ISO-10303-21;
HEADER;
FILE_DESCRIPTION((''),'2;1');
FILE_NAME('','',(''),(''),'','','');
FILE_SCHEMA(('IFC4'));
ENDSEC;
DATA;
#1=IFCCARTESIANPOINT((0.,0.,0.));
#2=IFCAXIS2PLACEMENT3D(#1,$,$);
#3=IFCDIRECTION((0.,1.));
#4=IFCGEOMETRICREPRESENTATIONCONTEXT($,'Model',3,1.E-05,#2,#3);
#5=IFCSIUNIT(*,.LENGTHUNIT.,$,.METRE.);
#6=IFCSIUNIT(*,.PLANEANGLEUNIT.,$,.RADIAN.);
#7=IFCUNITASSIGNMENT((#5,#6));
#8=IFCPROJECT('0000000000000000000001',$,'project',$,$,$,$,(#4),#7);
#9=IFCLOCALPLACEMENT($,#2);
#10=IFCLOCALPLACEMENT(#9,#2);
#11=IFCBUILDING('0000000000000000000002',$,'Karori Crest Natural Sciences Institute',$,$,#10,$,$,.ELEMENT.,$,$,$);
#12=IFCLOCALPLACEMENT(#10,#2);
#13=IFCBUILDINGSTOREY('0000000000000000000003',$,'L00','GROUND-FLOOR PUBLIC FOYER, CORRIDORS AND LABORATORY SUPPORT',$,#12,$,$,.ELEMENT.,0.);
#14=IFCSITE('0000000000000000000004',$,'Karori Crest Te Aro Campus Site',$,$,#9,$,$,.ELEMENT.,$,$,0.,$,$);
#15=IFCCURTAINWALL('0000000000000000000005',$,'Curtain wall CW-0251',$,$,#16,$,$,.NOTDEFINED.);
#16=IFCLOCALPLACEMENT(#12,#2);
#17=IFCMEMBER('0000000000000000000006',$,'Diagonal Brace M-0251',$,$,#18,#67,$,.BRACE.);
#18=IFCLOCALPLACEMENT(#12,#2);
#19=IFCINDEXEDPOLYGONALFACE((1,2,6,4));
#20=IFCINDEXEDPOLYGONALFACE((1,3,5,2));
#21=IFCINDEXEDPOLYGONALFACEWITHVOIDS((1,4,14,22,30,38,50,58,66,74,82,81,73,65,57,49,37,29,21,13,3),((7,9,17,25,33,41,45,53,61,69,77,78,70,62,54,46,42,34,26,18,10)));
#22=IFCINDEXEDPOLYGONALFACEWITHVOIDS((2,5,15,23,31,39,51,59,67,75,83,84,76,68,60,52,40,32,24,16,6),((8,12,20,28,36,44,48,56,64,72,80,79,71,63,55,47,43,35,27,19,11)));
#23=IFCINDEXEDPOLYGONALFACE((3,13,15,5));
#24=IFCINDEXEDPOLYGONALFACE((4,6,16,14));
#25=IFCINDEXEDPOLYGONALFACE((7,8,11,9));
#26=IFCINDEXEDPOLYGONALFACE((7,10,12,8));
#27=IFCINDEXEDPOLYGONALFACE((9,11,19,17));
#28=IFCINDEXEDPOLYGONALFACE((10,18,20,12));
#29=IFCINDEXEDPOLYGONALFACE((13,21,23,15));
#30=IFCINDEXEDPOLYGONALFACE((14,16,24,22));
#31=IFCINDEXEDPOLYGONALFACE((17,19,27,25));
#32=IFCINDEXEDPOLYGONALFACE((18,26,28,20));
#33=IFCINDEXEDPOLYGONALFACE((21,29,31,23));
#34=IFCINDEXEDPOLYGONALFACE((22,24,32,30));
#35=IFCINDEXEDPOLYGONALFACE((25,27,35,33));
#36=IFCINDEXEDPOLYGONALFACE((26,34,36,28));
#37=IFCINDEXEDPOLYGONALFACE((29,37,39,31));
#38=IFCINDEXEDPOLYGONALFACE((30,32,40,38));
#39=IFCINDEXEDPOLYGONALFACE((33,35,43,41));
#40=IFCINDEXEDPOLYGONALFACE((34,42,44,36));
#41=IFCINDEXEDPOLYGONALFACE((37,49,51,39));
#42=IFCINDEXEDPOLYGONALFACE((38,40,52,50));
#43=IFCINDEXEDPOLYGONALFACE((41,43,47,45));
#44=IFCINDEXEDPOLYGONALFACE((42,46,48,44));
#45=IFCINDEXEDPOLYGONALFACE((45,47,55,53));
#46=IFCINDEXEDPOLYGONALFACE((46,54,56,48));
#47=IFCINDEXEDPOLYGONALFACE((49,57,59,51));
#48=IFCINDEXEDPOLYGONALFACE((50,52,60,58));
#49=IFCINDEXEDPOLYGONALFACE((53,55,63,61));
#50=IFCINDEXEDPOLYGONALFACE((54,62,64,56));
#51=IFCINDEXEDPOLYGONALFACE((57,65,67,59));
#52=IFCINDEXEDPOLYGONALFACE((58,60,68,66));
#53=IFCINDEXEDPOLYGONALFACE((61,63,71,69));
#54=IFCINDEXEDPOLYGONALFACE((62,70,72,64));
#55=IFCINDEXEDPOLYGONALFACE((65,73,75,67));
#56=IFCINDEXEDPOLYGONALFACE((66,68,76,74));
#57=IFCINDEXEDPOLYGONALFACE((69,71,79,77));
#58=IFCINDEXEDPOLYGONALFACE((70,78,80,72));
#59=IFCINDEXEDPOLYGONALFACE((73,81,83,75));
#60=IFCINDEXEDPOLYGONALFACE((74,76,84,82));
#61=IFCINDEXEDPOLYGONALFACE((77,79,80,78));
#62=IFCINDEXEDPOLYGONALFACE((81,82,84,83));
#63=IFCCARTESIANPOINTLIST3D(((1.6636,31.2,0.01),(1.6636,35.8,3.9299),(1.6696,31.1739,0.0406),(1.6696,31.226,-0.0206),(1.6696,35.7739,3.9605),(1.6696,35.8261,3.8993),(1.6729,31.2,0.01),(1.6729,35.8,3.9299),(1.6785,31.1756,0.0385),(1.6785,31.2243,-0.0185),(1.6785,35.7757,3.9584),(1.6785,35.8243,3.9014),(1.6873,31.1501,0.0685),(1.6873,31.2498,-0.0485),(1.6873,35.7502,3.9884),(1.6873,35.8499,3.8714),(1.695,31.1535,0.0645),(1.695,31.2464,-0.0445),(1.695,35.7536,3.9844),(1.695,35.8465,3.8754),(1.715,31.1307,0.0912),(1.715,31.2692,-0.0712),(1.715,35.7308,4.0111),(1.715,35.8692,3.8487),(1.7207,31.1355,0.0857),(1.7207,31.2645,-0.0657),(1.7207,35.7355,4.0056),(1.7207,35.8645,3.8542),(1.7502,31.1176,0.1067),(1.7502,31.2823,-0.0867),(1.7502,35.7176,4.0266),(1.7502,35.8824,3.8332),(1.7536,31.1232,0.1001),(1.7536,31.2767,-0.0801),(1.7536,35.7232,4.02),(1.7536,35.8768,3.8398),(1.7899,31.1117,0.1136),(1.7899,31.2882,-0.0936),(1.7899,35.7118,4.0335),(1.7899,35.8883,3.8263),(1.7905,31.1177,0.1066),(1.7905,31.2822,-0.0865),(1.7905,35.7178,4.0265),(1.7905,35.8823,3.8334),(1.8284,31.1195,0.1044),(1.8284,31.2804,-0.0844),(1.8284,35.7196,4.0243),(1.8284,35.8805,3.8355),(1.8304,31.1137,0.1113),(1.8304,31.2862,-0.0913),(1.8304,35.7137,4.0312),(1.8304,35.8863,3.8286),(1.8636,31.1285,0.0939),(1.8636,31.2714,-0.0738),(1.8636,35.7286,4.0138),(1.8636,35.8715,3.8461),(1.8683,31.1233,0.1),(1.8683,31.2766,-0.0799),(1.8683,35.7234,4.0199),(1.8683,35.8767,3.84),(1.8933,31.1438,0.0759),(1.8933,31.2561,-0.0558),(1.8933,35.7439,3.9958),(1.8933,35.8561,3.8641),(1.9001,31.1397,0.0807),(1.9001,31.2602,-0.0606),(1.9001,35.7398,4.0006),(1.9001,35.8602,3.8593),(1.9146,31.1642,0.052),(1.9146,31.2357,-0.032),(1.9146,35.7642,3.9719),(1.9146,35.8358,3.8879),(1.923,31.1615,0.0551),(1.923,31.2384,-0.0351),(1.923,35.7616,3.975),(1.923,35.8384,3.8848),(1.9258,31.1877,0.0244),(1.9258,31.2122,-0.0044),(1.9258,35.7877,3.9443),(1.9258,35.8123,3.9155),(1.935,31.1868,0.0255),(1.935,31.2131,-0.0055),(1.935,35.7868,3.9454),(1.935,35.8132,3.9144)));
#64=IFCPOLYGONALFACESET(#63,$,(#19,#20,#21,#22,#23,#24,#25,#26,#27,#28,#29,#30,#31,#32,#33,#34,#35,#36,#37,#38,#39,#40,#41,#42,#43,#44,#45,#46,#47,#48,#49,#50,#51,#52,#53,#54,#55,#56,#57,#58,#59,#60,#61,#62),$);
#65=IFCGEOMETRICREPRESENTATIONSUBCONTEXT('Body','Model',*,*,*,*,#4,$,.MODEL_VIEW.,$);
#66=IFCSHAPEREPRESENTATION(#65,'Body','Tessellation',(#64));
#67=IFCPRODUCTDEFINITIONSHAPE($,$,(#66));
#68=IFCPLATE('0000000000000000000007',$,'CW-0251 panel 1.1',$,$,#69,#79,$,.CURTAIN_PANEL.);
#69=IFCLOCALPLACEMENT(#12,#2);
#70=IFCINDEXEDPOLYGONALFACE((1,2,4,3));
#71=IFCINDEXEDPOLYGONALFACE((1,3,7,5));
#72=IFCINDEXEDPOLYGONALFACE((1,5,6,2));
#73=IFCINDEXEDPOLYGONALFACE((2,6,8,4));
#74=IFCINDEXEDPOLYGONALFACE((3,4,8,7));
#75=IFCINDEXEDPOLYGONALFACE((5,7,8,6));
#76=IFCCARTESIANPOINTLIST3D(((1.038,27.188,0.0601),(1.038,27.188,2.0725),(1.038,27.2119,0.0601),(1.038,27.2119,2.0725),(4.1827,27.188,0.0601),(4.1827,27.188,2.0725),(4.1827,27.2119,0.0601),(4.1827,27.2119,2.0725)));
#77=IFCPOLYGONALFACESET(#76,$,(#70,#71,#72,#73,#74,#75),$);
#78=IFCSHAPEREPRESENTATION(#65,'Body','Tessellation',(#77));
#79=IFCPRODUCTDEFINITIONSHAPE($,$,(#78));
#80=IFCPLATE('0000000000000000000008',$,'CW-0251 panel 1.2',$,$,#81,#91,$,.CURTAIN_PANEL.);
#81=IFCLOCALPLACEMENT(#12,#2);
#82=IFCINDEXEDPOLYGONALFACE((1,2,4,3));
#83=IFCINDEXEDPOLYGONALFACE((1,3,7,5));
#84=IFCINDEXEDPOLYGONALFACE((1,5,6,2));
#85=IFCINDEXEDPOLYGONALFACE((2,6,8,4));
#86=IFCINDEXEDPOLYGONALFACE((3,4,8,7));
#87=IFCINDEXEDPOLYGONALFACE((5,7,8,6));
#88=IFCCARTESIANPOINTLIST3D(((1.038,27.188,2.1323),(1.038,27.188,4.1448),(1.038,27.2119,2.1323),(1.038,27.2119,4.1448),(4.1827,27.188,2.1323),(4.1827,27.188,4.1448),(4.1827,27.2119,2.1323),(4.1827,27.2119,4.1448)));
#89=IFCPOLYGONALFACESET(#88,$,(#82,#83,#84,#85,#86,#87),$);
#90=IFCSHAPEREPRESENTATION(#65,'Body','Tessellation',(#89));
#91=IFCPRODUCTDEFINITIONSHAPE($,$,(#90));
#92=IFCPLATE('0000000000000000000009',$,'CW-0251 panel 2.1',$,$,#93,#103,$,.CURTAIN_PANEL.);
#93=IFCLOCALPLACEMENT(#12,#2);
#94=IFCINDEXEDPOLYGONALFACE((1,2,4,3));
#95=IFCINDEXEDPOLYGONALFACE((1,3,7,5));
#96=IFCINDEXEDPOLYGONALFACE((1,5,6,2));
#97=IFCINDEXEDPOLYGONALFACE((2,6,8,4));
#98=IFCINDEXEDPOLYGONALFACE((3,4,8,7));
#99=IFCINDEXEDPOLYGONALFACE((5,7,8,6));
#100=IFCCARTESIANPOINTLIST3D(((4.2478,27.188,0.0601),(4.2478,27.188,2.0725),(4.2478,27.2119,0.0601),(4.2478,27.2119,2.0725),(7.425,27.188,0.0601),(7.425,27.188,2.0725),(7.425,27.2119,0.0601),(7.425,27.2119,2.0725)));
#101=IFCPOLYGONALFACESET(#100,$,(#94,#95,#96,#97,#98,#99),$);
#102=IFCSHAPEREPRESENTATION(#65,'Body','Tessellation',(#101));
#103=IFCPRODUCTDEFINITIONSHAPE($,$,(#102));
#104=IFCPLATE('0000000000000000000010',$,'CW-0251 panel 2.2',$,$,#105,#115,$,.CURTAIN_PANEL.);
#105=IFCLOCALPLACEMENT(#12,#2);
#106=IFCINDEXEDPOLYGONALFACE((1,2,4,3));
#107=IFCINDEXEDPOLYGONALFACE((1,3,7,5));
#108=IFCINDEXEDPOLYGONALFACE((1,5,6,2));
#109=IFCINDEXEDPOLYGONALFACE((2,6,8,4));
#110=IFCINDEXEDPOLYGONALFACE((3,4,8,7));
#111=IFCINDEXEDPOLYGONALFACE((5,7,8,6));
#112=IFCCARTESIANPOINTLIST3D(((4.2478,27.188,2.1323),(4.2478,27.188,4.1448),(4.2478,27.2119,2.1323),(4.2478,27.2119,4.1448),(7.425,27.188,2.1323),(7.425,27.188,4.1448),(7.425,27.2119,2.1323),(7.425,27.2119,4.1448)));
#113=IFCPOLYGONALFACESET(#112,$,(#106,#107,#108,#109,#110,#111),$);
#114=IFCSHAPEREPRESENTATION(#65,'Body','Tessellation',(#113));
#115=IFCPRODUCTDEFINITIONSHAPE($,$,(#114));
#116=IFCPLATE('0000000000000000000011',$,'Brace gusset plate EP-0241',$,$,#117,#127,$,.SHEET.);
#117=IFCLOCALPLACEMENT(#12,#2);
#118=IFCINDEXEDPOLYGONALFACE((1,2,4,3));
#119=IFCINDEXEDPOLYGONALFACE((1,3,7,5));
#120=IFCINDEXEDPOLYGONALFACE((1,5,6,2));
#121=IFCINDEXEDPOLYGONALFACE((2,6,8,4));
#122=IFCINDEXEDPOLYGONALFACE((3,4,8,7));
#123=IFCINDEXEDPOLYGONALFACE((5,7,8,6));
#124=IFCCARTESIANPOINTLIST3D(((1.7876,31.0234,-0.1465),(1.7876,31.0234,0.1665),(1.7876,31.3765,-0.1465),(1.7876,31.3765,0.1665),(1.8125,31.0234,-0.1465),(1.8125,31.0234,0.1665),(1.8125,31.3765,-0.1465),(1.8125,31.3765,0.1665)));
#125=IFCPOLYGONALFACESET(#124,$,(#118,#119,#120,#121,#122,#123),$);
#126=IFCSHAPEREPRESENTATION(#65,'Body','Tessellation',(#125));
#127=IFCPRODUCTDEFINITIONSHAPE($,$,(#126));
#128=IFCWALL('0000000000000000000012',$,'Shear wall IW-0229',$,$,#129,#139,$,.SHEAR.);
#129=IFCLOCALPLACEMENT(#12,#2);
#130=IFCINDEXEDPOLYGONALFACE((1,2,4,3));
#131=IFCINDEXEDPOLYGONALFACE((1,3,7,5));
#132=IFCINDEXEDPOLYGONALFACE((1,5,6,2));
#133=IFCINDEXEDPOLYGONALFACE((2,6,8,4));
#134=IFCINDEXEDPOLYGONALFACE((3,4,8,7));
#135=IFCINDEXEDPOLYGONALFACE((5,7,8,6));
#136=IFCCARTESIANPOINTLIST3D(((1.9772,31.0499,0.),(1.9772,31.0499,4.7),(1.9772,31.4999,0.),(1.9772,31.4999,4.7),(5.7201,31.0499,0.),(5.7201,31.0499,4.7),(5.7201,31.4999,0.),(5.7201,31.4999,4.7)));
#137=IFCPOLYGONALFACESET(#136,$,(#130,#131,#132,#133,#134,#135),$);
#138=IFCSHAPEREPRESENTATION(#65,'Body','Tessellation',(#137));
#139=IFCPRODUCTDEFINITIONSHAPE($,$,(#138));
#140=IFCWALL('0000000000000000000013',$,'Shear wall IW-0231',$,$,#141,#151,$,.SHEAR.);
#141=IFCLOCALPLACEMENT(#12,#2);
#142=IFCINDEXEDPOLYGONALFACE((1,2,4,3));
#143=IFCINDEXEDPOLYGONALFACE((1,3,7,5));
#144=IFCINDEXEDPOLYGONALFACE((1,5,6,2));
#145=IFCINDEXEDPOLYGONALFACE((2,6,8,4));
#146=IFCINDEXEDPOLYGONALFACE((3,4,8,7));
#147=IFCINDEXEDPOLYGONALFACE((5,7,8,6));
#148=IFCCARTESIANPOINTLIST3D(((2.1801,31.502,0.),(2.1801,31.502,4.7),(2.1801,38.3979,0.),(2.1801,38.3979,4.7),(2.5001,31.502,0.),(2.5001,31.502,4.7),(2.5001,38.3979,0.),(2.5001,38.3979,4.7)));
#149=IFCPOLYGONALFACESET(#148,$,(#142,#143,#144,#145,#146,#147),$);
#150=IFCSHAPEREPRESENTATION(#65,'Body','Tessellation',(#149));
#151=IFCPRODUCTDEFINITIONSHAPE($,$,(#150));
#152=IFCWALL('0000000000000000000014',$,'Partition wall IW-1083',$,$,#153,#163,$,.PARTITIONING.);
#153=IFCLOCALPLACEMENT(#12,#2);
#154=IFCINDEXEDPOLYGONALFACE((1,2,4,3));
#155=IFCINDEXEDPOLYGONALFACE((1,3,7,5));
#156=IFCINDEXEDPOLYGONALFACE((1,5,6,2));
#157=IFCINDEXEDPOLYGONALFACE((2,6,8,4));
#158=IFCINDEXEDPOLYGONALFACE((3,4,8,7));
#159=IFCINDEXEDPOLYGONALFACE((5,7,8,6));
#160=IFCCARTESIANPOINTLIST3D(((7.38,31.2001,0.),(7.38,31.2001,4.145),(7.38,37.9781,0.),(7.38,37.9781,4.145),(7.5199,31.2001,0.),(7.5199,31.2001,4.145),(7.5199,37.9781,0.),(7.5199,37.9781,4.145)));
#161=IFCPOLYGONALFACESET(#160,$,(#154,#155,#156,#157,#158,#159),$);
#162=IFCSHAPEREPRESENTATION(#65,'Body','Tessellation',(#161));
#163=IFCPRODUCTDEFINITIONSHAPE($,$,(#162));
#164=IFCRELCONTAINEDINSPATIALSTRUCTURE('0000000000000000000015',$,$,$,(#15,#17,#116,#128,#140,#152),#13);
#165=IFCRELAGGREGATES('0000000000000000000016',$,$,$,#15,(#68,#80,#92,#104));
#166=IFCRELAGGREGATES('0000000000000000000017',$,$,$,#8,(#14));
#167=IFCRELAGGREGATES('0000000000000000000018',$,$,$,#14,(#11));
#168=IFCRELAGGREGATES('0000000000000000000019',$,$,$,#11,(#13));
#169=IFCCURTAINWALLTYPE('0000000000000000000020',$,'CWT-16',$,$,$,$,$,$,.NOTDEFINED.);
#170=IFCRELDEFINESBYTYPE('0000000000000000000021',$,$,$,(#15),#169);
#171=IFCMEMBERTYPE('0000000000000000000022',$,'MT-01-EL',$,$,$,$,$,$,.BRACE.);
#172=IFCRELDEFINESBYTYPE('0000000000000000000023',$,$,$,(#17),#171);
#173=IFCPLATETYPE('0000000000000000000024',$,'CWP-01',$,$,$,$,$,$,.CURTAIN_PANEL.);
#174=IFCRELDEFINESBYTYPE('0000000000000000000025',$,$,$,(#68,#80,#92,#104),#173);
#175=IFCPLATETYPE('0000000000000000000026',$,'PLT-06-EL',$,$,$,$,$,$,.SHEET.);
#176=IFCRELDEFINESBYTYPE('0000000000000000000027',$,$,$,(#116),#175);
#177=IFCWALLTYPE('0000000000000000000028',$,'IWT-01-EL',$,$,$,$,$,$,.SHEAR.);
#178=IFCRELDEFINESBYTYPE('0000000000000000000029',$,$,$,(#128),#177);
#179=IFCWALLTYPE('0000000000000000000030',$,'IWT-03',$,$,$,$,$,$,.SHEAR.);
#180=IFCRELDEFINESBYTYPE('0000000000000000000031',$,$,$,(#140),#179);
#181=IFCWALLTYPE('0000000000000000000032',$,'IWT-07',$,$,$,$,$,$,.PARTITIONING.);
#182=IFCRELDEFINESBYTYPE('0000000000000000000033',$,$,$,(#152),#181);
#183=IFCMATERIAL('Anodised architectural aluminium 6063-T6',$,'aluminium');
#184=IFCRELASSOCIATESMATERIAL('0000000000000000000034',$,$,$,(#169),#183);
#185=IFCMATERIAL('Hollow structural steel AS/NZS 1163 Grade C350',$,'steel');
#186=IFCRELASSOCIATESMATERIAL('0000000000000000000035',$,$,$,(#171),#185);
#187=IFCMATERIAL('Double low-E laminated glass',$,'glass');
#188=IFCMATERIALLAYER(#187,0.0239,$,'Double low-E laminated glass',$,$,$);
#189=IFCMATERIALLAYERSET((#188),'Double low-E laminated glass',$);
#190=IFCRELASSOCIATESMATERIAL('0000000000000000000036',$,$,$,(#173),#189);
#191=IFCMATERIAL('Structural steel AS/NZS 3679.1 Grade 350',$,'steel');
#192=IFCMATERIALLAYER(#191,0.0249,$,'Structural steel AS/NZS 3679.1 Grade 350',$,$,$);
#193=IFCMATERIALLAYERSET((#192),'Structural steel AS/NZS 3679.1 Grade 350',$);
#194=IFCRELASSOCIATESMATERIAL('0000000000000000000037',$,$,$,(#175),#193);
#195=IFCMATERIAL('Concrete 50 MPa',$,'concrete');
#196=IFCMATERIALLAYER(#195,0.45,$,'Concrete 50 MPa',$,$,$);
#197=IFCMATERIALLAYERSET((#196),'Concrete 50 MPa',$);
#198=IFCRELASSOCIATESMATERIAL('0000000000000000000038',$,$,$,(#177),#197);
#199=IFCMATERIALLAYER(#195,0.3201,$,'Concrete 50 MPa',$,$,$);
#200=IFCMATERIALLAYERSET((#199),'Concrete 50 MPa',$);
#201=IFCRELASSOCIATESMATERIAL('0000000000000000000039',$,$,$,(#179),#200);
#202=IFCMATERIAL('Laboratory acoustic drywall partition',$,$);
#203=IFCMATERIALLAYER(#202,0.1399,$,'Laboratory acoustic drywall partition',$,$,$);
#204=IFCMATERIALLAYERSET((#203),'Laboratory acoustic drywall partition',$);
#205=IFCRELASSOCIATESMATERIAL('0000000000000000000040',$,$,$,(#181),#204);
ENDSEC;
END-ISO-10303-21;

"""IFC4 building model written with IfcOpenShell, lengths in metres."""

from ifc_helpers import new_model, si_unit, direction, frame, frame_2d, origin, origin_2d, place, context, subcontext, project, spatial, rectangle, hollow_circle, extrude, material, layer, layer_set, material_profile, profile_set, type_object, element, aggregate, save


model = new_model("IFC4")

# Units and contexts
model_context = context("Model", 3, precision=1e-05, world=origin(), true_north=direction((0.0, 1.0)))
body_context = subcontext(model_context, "Body", "Model", "MODEL_VIEW")
ifc_project = project(units=[si_unit("LENGTHUNIT", "METRE"), si_unit("PLANEANGLEUNIT", "RADIAN")], contexts=[model_context])

# Site, building, storey
site_placement = place(None, origin())
site = spatial("IfcSite", under=ifc_project, at=site_placement, Name="Karori Crest Te Aro Campus Site", CompositionType="ELEMENT", RefElevation=0.0)
building_placement = place(site_placement, origin())
building = spatial("IfcBuilding", under=site, at=building_placement, Name="Karori Crest Natural Sciences Institute", CompositionType="ELEMENT")
storey_placement = place(building_placement, origin())
storey = spatial("IfcBuildingStorey", under=building, at=storey_placement, Name="L00", Description="GROUND-FLOOR PUBLIC FOYER, CORRIDORS AND LABORATORY SUPPORT", CompositionType="ELEMENT", Elevation=0.0)

# Shared definitions
ifc_material_1 = material(Name="Structural steel AS/NZS 3679.1 Grade 350", Category="steel")

# Shared definitions
ifc_material_2 = material(Name="Hollow structural steel AS/NZS 1163 Grade C350", Category="steel")

# Curtain wall
ifc_material_3 = material(Name="Anodised architectural aluminium 6063-T6", Category="aluminium")
curtain_wall_type = type_object("IfcCurtainWallType", Name="CWT-16", PredefinedType="NOTDEFINED", material=ifc_material_3)
curtain_wall_placement = place(storey_placement, origin())
curtain_wall = element("IfcCurtainWall", 1, at=curtain_wall_placement, inside=storey, type_object=curtain_wall_type, Name="Curtain wall CW-0251", PredefinedType="NOTDEFINED")

# Member
ifc_material_profile_1 = material_profile(ifc_material_2, hollow_circle(Radius=0.1365, WallThickness=0.0093, at=origin_2d()), Name="CHS273.0x9.3")
ifc_profile_set_1 = profile_set([ifc_material_profile_1], Name="Hollow structural steel AS/NZS 1163 Grade C350")
member_type_1 = type_object("IfcMemberType", Name="MT-01-EL", PredefinedType="BRACE", material=ifc_profile_set_1)
member_1_placement = place(storey_placement, frame((1.8, 31.2, 0.01), z_axis=(0.0, 0.761135, 0.648593), x_axis=(-1.0, 0.0, 0.0)))
element("IfcMember", 2, at=member_1_placement, inside=storey, type_object=member_type_1, Name="Diagonal Brace M-0251", PredefinedType="BRACE", context=body_context, shape_type="SweptSolid", body=[
    extrude(hollow_circle(Radius=0.1365, WallThickness=0.0093, at=origin_2d()), origin(), (0.0, 0.0, 1.0), 6.0437),
])

# Plates
ifc_material_4 = material(Name="Double low-E laminated glass", Category="glass")
ifc_layer_1 = layer(ifc_material_4, 0.0239, Name="Double low-E laminated glass")
ifc_layer_set_1 = layer_set([ifc_layer_1], Name="Double low-E laminated glass")
plate_type_1 = type_object("IfcPlateType", Name="CWP-01", PredefinedType="CURTAIN_PANEL", material=ifc_layer_set_1)
plate_1_placement = place(storey_placement, frame((2.6104, 27.2, 0.0601), z_axis=(0.0, 0.0, 1.0), x_axis=(1.0, 0.0, 0.0)))
plate_1 = element("IfcPlate", 3, at=plate_1_placement, type_object=plate_type_1, Name="CW-0251 panel 1.1", PredefinedType="CURTAIN_PANEL", context=body_context, shape_type="SweptSolid", body=[
    extrude(rectangle(XDim=3.1448, YDim=0.0239, at=origin_2d()), origin(), (0.0, 0.0, 1.0), 2.0125),
])
plate_2_placement = place(storey_placement, frame((2.6104, 27.2, 2.1323), z_axis=(0.0, 0.0, 1.0), x_axis=(1.0, 0.0, 0.0)))
plate_2 = element("IfcPlate", 4, at=plate_2_placement, type_object=plate_type_1, Name="CW-0251 panel 1.2", PredefinedType="CURTAIN_PANEL", context=body_context, shape_type="SweptSolid", body=[
    extrude(rectangle(XDim=3.1448, YDim=0.0239, at=origin_2d()), origin(), (0.0, 0.0, 1.0), 2.0125),
])
plate_3_placement = place(storey_placement, frame((5.8364, 27.2, 0.0601), z_axis=(0.0, 0.0, 1.0), x_axis=(1.0, 0.0, 0.0)))
plate_3 = element("IfcPlate", 5, at=plate_3_placement, type_object=plate_type_1, Name="CW-0251 panel 2.1", PredefinedType="CURTAIN_PANEL", context=body_context, shape_type="SweptSolid", body=[
    extrude(rectangle(XDim=3.1772, YDim=0.0239, at=origin_2d()), origin(), (0.0, 0.0, 1.0), 2.0125),
])
plate_4_placement = place(storey_placement, frame((5.8364, 27.2, 2.1323), z_axis=(0.0, 0.0, 1.0), x_axis=(1.0, 0.0, 0.0)))
plate_4 = element("IfcPlate", 6, at=plate_4_placement, type_object=plate_type_1, Name="CW-0251 panel 2.2", PredefinedType="CURTAIN_PANEL", context=body_context, shape_type="SweptSolid", body=[
    extrude(rectangle(XDim=3.1772, YDim=0.0239, at=origin_2d()), origin(), (0.0, 0.0, 1.0), 2.0125),
])
aggregate(curtain_wall, [plate_1, plate_2, plate_3, plate_4])
ifc_layer_2 = layer(ifc_material_1, 0.0249, Name="Structural steel AS/NZS 3679.1 Grade 350")
ifc_layer_set_2 = layer_set([ifc_layer_2], Name="Structural steel AS/NZS 3679.1 Grade 350")
plate_type_2 = type_object("IfcPlateType", Name="PLT-06-EL", PredefinedType="SHEET", material=ifc_layer_set_2)
plate_5_placement = place(storey_placement, frame((1.8, 31.2, -0.1465), z_axis=(0.0, 0.0, 1.0), x_axis=(0.0, 1.0, 0.0)))
element("IfcPlate", 7, at=plate_5_placement, inside=storey, type_object=plate_type_2, Name="Brace gusset plate EP-0241", PredefinedType="SHEET", context=body_context, shape_type="SweptSolid", body=[
    extrude(rectangle(XDim=0.353, YDim=0.0249, at=origin_2d()), origin(), (0.0, 0.0, 1.0), 0.313),
])

# Walls
ifc_material_5 = material(Name="Concrete 50 MPa", Category="concrete")
ifc_layer_3 = layer(ifc_material_5, 0.45, Name="Concrete 50 MPa")
ifc_layer_set_3 = layer_set([ifc_layer_3], Name="Concrete 50 MPa")
wall_type_1 = type_object("IfcWallType", Name="IWT-01-EL", PredefinedType="SHEAR", material=ifc_layer_set_3)
wall_1_placement = place(storey_placement, frame((1.9771, 31.2749, 0.0), z_axis=(0.0, 0.0, 1.0), x_axis=(1.0, 0.0, 0.0)))
element("IfcWall", 8, at=wall_1_placement, inside=storey, type_object=wall_type_1, Name="Shear wall IW-0229", PredefinedType="SHEAR", context=body_context, shape_type="SweptSolid", body=[
    extrude(rectangle(XDim=3.7429, YDim=0.45, at=frame_2d((1.8716, 0.0))), origin(), (0.0, 0.0, 1.0), 4.7),
])
ifc_layer_4 = layer(ifc_material_5, 0.3201, Name="Concrete 50 MPa")
ifc_layer_set_4 = layer_set([ifc_layer_4], Name="Concrete 50 MPa")
wall_type_2 = type_object("IfcWallType", Name="IWT-03", PredefinedType="SHEAR", material=ifc_layer_set_4)
wall_2_placement = place(storey_placement, frame((2.3401, 31.502, 0.0), z_axis=(0.0, 0.0, 1.0), x_axis=(0.0, 1.0, 0.0)))
element("IfcWall", 9, at=wall_2_placement, inside=storey, type_object=wall_type_2, Name="Shear wall IW-0231", PredefinedType="SHEAR", context=body_context, shape_type="SweptSolid", body=[
    extrude(rectangle(XDim=6.896, YDim=0.3201, at=frame_2d((3.448, 0.0))), origin(), (0.0, 0.0, 1.0), 4.7),
])

# Wall
ifc_material_6 = material(Name="Laboratory acoustic drywall partition")
ifc_layer_5 = layer(ifc_material_6, 0.1399, Name="Laboratory acoustic drywall partition")
ifc_layer_set_5 = layer_set([ifc_layer_5], Name="Laboratory acoustic drywall partition")
wall_type_3 = type_object("IfcWallType", Name="IWT-07", PredefinedType="PARTITIONING", material=ifc_layer_set_5)
wall_3_placement = place(storey_placement, frame((7.45, 31.2, 0.0), z_axis=(0.0, 0.0, 1.0), x_axis=(0.0, 1.0, 0.0)))
element("IfcWall", 10, at=wall_3_placement, inside=storey, type_object=wall_type_3, Name="Partition wall IW-1083", PredefinedType="PARTITIONING", context=body_context, shape_type="SweptSolid", body=[
    extrude(rectangle(XDim=6.7781, YDim=0.1399, at=frame_2d((3.3892, 0.0))), origin(), (0.0, 0.0, 1.0), 4.145),
])

save(model, "model.ifc")
